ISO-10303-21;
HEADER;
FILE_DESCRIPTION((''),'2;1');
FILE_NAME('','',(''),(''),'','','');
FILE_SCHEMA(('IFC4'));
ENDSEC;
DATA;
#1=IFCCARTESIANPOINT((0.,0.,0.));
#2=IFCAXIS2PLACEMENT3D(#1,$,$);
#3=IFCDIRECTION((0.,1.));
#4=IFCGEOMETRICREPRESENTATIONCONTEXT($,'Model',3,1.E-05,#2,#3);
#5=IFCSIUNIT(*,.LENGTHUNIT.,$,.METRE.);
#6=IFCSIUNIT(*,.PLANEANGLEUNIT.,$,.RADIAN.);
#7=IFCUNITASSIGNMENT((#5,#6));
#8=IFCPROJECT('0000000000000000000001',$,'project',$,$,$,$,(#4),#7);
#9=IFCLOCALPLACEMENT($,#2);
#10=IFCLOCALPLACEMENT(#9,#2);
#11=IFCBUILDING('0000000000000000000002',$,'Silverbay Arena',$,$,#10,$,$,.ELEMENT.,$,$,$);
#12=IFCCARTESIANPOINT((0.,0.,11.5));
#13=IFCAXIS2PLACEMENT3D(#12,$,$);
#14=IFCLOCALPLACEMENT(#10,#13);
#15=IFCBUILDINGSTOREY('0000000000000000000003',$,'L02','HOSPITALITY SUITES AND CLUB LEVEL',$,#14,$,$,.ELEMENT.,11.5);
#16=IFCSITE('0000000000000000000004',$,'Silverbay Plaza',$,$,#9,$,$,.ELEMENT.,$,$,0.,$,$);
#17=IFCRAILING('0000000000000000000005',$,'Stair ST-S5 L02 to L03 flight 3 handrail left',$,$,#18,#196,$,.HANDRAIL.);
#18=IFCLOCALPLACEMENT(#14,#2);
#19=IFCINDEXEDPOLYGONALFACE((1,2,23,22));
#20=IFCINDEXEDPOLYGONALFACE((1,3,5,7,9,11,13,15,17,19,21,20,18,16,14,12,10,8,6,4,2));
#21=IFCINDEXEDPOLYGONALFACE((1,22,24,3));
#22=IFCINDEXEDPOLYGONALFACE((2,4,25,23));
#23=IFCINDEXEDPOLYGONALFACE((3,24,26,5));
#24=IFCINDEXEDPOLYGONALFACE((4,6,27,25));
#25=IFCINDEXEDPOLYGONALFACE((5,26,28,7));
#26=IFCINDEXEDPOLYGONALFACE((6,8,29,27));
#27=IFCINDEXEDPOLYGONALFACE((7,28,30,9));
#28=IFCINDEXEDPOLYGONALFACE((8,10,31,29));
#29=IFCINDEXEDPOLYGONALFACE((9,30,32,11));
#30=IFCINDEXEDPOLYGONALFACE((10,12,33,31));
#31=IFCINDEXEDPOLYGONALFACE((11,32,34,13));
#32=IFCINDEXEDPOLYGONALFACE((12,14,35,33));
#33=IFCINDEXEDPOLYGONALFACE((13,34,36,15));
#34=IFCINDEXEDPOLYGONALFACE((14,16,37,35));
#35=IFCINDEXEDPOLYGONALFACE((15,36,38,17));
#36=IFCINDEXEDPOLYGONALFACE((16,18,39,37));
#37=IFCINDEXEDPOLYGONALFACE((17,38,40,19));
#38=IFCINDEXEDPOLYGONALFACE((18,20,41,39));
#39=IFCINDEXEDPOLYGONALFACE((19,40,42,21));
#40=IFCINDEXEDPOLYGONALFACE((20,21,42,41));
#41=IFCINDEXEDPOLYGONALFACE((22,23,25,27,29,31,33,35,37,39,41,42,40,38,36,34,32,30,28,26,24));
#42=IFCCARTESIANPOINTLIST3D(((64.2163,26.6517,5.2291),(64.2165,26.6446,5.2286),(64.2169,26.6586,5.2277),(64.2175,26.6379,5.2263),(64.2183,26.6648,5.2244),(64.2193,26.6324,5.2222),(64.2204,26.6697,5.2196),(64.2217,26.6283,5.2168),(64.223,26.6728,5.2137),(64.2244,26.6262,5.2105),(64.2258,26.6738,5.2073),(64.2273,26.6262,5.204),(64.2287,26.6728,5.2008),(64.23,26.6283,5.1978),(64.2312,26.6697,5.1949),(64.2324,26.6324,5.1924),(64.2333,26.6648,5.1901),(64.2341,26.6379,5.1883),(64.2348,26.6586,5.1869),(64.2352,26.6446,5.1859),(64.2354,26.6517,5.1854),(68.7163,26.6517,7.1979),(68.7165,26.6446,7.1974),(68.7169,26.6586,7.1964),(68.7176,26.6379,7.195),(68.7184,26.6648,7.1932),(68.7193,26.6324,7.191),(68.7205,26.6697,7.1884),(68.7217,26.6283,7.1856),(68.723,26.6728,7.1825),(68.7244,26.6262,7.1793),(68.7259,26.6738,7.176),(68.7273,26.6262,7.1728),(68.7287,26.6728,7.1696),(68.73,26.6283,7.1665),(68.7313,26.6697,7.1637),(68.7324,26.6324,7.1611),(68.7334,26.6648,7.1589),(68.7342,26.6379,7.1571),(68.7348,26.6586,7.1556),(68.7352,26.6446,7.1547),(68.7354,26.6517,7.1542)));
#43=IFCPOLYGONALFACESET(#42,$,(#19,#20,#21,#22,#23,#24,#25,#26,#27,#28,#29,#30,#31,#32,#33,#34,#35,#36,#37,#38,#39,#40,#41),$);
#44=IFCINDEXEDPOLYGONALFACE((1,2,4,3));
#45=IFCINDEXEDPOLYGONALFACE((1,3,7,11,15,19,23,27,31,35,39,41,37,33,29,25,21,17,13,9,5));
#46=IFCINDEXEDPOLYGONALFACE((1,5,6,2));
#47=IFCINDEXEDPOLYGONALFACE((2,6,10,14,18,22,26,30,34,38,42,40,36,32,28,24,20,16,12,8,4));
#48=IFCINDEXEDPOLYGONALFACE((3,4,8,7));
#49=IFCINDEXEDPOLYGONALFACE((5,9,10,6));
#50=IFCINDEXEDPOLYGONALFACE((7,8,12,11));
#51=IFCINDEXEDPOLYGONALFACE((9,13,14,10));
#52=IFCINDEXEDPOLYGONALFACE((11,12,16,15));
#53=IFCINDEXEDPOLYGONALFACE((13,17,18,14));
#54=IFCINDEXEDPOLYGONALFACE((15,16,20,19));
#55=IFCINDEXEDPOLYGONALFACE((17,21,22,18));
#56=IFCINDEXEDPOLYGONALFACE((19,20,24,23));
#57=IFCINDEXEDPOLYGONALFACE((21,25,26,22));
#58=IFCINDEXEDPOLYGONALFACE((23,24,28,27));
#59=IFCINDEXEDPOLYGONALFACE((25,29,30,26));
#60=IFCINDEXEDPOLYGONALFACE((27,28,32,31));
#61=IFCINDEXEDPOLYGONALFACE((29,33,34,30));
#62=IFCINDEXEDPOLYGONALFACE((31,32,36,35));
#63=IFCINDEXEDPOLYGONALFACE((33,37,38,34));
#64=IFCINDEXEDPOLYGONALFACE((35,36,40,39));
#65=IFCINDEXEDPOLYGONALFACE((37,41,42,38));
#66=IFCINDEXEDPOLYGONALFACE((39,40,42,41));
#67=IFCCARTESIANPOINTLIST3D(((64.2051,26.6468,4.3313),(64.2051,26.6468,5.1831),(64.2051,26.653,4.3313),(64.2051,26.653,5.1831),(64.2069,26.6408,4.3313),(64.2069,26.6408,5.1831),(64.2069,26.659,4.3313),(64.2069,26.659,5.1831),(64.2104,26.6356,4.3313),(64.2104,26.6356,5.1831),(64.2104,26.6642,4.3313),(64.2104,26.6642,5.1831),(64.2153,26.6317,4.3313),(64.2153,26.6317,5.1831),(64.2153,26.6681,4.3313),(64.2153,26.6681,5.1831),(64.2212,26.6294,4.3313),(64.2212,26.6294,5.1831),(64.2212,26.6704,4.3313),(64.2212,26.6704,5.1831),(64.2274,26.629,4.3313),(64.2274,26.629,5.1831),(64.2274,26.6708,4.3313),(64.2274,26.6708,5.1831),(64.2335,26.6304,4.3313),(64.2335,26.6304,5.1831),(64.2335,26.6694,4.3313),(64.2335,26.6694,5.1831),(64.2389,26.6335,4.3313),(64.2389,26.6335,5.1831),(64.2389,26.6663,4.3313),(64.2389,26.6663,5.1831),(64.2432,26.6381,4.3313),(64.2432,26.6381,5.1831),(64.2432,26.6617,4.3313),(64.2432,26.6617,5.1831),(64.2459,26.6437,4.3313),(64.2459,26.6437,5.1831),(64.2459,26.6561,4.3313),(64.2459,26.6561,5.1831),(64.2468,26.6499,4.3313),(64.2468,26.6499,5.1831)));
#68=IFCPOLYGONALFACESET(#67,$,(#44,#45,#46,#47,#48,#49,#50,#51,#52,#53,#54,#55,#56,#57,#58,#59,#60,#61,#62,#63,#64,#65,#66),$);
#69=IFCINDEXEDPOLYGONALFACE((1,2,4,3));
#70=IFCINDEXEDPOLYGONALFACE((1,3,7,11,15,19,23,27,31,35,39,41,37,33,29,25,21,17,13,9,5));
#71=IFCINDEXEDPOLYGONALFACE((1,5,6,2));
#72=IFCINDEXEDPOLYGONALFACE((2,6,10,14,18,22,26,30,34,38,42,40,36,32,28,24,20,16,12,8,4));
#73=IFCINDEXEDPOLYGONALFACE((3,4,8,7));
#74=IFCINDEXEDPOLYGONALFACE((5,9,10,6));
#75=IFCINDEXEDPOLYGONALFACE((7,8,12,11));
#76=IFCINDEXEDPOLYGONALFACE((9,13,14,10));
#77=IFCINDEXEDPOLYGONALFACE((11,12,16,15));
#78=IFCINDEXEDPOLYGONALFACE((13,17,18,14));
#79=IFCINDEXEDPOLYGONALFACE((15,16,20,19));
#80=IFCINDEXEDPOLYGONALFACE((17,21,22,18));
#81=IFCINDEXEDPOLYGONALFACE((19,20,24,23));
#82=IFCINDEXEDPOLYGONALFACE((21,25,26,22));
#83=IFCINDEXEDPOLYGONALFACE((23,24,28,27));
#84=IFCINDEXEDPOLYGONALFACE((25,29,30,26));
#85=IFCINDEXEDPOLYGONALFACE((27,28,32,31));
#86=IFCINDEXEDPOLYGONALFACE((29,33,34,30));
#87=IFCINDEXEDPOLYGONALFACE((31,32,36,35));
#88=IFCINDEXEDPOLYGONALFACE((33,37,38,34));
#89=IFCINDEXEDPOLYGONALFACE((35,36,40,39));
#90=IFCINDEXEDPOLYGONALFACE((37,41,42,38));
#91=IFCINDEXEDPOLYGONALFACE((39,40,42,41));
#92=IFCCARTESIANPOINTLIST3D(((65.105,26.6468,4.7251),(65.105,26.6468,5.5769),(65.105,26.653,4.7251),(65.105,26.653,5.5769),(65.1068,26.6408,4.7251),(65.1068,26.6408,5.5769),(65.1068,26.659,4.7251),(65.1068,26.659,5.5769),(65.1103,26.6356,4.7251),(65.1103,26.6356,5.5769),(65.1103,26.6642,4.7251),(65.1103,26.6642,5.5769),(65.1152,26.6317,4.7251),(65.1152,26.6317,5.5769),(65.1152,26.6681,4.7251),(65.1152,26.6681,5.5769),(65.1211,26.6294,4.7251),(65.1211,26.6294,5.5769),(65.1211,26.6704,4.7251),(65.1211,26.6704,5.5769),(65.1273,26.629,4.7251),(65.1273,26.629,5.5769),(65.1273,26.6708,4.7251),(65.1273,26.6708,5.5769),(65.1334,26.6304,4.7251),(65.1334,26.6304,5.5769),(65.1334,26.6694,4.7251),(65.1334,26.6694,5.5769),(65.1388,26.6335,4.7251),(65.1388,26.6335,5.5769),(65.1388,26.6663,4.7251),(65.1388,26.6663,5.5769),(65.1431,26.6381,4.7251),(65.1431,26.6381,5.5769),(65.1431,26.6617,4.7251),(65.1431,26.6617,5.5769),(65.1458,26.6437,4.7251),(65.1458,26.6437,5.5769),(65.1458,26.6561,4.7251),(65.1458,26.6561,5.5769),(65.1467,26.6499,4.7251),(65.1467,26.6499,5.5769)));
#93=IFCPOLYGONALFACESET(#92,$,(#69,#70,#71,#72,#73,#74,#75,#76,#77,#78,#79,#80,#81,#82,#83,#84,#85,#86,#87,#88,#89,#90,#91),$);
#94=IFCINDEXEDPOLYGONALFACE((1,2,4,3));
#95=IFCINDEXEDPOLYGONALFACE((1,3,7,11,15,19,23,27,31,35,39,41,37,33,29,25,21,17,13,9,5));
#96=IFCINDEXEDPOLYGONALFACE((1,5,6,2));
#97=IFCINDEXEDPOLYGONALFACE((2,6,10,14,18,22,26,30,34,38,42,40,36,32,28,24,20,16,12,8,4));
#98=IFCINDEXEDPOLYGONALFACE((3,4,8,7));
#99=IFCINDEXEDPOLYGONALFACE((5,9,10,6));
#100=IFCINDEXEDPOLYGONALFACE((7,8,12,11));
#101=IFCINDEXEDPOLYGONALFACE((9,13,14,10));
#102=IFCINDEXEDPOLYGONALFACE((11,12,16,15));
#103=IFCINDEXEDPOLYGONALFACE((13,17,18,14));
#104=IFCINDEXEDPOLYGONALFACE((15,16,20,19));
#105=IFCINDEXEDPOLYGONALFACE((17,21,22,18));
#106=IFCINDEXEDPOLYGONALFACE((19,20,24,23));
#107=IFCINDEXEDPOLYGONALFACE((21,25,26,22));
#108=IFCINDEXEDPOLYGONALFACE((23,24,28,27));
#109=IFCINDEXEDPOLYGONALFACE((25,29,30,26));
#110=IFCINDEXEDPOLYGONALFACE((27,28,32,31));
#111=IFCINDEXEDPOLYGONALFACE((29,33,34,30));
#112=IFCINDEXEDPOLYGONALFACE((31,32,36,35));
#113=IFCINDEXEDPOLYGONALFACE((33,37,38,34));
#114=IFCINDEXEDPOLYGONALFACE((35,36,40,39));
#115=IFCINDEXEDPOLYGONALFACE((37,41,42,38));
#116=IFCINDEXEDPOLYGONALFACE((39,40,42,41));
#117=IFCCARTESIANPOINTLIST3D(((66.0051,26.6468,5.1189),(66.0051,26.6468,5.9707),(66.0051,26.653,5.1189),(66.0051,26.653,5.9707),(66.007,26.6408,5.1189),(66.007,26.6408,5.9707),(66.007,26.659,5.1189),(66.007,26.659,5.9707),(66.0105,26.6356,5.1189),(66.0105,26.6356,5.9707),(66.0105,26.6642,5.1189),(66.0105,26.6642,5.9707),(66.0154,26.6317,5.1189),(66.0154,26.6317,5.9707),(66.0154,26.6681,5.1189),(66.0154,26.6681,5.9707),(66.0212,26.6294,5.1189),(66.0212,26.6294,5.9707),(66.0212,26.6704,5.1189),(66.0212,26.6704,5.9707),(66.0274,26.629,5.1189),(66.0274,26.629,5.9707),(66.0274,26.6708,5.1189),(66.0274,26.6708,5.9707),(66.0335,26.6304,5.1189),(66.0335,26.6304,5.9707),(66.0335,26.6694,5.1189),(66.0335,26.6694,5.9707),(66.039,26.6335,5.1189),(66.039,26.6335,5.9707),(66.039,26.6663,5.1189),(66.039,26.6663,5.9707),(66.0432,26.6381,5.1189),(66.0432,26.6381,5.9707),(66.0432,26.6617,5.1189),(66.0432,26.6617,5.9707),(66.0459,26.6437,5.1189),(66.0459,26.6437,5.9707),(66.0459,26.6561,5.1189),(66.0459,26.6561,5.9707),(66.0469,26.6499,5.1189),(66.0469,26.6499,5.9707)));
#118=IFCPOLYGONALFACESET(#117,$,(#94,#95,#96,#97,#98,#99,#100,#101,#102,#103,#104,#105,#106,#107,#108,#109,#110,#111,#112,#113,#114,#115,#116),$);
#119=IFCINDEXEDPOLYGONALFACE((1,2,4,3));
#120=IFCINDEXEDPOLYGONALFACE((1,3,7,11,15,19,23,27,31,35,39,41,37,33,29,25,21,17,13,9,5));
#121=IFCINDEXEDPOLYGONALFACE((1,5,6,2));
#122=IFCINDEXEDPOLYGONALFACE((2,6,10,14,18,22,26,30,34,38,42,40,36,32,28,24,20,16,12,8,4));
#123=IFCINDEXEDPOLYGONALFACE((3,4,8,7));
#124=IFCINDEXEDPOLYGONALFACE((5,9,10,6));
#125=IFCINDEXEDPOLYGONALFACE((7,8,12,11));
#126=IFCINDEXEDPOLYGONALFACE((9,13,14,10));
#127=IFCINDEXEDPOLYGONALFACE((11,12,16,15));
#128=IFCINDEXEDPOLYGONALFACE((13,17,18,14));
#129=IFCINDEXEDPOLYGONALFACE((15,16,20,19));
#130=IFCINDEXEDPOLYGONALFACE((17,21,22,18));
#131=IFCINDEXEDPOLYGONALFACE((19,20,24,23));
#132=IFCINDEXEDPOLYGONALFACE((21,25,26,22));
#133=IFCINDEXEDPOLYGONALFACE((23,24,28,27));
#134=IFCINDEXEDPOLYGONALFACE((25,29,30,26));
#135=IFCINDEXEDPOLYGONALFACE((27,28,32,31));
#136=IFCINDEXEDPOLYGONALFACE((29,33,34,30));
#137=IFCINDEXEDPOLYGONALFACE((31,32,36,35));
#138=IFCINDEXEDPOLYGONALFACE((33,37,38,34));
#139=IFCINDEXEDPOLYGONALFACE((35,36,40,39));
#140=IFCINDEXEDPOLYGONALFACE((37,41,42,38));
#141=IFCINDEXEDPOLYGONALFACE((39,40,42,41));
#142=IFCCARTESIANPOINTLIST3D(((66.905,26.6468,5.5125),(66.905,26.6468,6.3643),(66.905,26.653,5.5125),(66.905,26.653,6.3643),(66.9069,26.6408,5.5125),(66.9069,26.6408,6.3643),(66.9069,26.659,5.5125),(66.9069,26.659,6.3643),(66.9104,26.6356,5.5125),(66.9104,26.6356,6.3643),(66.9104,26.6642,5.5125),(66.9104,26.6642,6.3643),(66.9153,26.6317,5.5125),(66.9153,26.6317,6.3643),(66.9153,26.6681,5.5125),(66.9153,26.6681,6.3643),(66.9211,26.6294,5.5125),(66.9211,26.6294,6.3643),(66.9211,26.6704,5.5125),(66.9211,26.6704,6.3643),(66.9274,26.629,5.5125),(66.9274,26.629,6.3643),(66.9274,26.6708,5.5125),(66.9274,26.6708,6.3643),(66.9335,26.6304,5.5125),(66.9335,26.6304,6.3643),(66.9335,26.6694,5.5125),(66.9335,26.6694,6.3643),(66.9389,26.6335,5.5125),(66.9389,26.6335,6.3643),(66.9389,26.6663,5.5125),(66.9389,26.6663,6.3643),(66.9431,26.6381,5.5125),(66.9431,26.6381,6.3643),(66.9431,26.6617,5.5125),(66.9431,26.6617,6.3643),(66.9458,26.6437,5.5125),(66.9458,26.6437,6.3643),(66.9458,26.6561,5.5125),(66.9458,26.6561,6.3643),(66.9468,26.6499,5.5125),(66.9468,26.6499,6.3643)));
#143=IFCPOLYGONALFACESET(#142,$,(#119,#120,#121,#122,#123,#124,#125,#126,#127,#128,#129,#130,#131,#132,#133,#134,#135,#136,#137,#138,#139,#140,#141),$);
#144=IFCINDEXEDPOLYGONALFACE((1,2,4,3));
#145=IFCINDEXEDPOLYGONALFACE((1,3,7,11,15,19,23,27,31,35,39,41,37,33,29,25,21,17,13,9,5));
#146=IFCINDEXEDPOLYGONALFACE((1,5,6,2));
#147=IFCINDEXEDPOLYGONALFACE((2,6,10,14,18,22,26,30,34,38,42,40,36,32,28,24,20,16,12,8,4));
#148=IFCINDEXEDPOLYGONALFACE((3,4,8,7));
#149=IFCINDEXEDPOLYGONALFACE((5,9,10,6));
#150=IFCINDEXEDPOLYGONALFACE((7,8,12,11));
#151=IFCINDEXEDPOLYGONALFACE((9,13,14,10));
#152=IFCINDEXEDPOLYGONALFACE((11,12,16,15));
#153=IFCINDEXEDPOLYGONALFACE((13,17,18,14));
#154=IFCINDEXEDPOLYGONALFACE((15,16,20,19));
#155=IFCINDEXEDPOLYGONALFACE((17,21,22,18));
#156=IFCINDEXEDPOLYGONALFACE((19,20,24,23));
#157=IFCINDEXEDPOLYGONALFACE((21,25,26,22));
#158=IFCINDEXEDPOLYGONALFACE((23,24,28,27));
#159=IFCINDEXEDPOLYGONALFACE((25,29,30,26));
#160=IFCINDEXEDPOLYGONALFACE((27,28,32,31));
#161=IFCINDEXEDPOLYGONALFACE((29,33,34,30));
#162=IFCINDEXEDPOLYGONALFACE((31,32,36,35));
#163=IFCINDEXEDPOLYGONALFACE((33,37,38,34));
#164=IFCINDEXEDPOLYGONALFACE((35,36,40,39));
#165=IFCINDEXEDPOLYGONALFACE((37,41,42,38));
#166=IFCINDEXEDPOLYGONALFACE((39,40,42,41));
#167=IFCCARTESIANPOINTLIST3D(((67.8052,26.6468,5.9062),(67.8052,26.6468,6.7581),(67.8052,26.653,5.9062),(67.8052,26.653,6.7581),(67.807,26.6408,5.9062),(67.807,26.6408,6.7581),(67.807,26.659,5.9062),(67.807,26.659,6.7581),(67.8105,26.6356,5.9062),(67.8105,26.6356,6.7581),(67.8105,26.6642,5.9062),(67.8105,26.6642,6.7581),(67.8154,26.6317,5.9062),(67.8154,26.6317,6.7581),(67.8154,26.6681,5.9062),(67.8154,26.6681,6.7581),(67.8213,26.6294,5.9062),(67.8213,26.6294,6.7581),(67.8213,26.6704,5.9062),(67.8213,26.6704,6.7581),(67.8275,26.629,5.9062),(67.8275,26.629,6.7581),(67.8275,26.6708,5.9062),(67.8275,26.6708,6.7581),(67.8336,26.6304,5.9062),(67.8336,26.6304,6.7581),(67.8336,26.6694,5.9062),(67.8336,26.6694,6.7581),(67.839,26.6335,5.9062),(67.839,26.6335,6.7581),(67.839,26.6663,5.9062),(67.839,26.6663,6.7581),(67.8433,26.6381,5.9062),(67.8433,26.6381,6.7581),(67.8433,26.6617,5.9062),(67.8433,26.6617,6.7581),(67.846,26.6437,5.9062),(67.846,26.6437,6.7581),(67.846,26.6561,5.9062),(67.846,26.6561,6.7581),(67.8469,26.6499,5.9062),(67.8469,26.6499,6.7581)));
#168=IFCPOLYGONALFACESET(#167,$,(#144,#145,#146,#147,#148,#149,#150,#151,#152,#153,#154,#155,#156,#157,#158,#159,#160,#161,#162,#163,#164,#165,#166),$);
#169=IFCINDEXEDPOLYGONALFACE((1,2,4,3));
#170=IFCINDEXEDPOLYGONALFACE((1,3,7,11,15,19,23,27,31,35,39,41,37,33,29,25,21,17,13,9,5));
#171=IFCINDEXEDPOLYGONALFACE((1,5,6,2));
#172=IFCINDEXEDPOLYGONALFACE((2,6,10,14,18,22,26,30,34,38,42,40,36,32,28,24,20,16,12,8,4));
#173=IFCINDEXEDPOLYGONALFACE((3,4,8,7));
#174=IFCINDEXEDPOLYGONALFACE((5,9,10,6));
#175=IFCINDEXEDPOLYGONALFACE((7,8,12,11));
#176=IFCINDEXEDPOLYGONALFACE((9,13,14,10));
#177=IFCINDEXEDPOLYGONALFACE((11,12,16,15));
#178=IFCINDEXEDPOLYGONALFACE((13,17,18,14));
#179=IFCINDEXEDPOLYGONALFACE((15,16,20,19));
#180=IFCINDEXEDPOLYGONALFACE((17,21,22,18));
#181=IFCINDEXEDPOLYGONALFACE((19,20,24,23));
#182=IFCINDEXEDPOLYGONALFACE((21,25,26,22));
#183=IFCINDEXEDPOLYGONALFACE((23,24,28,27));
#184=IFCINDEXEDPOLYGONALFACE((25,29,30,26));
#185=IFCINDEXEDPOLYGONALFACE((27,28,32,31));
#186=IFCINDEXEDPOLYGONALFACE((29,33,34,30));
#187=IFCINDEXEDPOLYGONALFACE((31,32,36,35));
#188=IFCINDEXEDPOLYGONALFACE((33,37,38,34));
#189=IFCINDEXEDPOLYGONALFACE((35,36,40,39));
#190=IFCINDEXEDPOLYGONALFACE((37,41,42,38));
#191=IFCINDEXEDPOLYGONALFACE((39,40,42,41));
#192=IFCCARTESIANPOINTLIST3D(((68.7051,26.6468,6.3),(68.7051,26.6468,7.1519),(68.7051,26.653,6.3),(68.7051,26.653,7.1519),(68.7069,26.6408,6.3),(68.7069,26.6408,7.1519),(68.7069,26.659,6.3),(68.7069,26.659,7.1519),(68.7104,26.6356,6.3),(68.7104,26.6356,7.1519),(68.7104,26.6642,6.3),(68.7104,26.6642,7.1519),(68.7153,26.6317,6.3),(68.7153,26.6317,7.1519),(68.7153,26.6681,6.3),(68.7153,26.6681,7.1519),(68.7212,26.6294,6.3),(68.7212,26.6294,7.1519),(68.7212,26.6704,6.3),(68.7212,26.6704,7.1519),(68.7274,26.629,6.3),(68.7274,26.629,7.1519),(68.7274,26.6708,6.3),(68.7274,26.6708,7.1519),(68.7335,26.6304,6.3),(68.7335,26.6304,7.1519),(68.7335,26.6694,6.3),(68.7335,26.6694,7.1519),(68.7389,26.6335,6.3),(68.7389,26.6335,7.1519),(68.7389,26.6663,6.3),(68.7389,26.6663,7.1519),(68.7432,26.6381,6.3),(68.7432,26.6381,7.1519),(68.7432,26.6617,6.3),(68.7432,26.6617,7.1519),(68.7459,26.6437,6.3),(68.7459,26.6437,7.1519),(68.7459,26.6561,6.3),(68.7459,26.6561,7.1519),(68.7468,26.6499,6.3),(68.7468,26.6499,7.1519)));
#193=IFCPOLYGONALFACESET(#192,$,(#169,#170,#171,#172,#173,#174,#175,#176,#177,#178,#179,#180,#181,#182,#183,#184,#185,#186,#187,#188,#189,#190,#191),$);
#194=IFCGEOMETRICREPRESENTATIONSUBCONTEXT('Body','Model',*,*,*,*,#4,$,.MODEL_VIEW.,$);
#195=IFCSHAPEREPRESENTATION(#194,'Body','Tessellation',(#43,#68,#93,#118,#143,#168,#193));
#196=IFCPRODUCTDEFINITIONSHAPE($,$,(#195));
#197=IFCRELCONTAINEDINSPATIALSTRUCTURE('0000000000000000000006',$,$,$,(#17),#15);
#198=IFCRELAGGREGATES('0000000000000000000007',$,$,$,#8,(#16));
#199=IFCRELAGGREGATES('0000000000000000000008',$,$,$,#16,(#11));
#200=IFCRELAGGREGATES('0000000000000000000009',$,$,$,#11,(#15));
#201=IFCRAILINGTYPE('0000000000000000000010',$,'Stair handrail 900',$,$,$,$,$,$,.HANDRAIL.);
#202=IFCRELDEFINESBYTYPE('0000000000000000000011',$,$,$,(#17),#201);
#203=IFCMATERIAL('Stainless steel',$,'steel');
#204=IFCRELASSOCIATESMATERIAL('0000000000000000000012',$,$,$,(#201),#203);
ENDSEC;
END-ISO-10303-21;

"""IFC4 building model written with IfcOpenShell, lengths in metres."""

from ifc_helpers import new_model, si_unit, direction, frame, origin, origin_2d, place, context, subcontext, project, spatial, circle, extrude, material, type_object, element, save


model = new_model("IFC4")

# Units and contexts
model_context = context("Model", 3, precision=1e-05, world=origin(), true_north=direction((0.0, 1.0)))
body_context = subcontext(model_context, "Body", "Model", "MODEL_VIEW")
ifc_project = project(units=[si_unit("LENGTHUNIT", "METRE"), si_unit("PLANEANGLEUNIT", "RADIAN")], contexts=[model_context])

# Site, building, storey
site_placement = place(None, origin())
site = spatial("IfcSite", under=ifc_project, at=site_placement, Name="Silverbay Plaza", CompositionType="ELEMENT", RefElevation=0.0)
building_placement = place(site_placement, origin())
building = spatial("IfcBuilding", under=site, at=building_placement, Name="Silverbay Arena", CompositionType="ELEMENT")
storey_placement = place(building_placement, frame((0.0, 0.0, 11.5)))
storey = spatial("IfcBuildingStorey", under=building, at=storey_placement, Name="L02", Description="HOSPITALITY SUITES AND CLUB LEVEL", CompositionType="ELEMENT", Elevation=11.5)

# Railing
ifc_material_1 = material(Name="Stainless steel", Category="steel")
railing_type_1 = type_object("IfcRailingType", Name="Stair handrail 900", PredefinedType="HANDRAIL", material=ifc_material_1)
for number, where, name in (
    (1, (64.2258, 26.6499, 4.3313), "Stair ST-S5 L02 to L03 flight 3 handrail left"),
):
    element("IfcRailing", number, at=place(storey_placement, frame(where)), inside=storey, type_object=railing_type_1, Name=name, PredefinedType="HANDRAIL", context=body_context, shape_type="SweptSolid", body=[
        extrude(circle(Radius=0.0239, at=origin_2d()), frame((0.0, 0.0, 0.876), z_axis=(0.916157, 0.0, 0.400819), x_axis=(0.0, 1.0, 0.0)), (0.0, 0.0, 1.0), 4.9119),
        extrude(circle(Radius=0.021, at=origin_2d()), origin(), (0.0, 0.0, 1.0), 0.8518),
        extrude(circle(Radius=0.021, at=origin_2d()), frame((0.8999, 0.0, 0.3938)), (0.0, 0.0, 1.0), 0.8518),
        extrude(circle(Radius=0.021, at=origin_2d()), frame((1.8, 0.0, 0.7876)), (0.0, 0.0, 1.0), 0.8518),
        extrude(circle(Radius=0.021, at=origin_2d()), frame((2.7, 0.0, 1.1812)), (0.0, 0.0, 1.0), 0.8518),
        extrude(circle(Radius=0.021, at=origin_2d()), frame((3.6001, 0.0, 1.575)), (0.0, 0.0, 1.0), 0.8518),
        extrude(circle(Radius=0.021, at=origin_2d()), frame((4.5, 0.0, 1.9688)), (0.0, 0.0, 1.0), 0.8518),
    ])

save(model, "model.ifc")
